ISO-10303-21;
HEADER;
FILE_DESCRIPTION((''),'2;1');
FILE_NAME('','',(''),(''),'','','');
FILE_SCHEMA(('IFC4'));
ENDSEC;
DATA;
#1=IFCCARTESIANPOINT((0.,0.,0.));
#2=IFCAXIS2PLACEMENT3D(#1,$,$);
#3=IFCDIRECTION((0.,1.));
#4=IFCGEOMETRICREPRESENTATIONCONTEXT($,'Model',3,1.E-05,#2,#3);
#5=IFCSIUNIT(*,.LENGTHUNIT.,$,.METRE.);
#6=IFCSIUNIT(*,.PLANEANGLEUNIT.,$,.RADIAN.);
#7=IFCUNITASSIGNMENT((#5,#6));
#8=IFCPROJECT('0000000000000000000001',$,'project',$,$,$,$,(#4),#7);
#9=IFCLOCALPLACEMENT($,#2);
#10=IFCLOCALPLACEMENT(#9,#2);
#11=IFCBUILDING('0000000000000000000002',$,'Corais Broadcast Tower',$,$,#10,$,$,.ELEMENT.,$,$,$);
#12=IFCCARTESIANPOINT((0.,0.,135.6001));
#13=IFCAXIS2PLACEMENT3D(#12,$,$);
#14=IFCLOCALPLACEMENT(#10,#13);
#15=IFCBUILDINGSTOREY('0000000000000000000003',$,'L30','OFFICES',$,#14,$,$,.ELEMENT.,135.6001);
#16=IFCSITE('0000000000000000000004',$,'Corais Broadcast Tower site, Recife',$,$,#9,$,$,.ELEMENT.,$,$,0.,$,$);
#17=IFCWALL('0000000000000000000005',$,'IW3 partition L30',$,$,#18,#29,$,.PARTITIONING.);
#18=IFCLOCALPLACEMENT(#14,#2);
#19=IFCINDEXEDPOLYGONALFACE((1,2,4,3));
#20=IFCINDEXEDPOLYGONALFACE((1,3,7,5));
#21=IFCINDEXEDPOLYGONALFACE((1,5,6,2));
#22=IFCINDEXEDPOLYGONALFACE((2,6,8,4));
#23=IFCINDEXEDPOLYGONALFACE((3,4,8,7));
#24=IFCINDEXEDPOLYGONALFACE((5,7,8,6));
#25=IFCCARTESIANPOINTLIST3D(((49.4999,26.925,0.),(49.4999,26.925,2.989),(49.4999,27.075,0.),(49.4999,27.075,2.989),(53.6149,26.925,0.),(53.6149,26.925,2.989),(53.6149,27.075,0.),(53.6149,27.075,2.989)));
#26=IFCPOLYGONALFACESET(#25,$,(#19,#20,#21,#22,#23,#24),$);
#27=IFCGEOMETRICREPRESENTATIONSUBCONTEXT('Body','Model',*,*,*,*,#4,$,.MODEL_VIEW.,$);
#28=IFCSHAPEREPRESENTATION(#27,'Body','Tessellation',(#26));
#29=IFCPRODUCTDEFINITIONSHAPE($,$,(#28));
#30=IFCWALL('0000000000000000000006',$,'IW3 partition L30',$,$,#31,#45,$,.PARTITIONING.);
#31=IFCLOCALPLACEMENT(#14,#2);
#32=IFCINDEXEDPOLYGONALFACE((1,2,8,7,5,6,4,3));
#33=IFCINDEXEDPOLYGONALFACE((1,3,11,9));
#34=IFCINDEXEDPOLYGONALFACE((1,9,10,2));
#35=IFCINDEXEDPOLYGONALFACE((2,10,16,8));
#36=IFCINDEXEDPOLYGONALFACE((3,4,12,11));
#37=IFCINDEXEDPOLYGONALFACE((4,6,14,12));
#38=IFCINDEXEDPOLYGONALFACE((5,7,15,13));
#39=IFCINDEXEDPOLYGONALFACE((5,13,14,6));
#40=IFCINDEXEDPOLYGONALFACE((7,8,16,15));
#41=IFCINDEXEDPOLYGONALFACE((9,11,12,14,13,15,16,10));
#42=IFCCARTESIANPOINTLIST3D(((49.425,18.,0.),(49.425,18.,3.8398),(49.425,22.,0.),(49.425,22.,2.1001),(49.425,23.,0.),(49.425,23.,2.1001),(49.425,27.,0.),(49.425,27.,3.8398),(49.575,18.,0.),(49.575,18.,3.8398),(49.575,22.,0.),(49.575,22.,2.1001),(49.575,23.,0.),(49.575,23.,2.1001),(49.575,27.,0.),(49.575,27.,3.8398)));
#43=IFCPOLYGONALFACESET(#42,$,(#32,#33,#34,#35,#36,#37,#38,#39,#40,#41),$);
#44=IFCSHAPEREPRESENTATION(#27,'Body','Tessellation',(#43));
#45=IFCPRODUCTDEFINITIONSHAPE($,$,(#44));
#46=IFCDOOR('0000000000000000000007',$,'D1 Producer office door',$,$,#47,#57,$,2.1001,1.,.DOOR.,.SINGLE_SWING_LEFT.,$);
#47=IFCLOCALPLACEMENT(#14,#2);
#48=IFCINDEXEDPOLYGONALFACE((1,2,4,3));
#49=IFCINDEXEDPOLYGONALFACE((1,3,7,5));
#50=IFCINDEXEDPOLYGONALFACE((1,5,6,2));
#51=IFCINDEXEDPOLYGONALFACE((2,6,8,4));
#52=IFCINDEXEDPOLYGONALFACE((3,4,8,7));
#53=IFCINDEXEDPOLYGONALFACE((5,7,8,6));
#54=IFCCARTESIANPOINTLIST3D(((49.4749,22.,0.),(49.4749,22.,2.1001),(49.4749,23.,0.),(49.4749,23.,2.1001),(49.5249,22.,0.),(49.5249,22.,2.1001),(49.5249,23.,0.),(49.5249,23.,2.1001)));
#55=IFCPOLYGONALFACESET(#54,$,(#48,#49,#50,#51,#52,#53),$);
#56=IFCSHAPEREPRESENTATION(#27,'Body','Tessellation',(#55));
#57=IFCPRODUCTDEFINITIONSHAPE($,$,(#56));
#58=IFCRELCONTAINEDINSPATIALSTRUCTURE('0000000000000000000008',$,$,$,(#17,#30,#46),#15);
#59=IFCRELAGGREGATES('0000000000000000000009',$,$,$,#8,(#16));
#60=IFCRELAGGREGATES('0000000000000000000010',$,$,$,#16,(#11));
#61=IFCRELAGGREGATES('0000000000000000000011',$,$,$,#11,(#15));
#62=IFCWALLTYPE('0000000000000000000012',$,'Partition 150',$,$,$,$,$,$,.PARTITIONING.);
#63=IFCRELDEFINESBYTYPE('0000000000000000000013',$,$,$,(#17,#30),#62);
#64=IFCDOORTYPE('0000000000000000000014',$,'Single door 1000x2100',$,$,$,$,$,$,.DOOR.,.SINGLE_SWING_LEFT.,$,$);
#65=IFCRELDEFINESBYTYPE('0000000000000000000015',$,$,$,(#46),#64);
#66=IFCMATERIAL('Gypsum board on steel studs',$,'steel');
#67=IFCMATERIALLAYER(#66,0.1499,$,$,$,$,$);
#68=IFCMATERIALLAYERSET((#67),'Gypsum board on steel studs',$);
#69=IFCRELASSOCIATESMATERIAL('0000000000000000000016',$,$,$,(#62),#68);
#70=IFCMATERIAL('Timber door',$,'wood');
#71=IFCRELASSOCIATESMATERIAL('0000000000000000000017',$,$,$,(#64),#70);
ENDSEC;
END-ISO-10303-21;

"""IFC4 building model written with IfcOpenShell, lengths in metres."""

from ifc_helpers import new_model, si_unit, direction, frame, frame_2d, origin, place, context, subcontext, project, spatial, rectangle, extrude, material, layer, layer_set, type_object, element, fill, save


model = new_model("IFC4")

# Units and contexts
model_context = context("Model", 3, precision=1e-05, world=origin(), true_north=direction((0.0, 1.0)))
body_context = subcontext(model_context, "Body", "Model", "MODEL_VIEW")
ifc_project = project(units=[si_unit("LENGTHUNIT", "METRE"), si_unit("PLANEANGLEUNIT", "RADIAN")], contexts=[model_context])

# Site, building, storey
site_placement = place(None, origin())
site = spatial("IfcSite", under=ifc_project, at=site_placement, Name="Corais Broadcast Tower site, Recife", CompositionType="ELEMENT", RefElevation=0.0)
building_placement = place(site_placement, origin())
building = spatial("IfcBuilding", under=site, at=building_placement, Name="Corais Broadcast Tower", CompositionType="ELEMENT")
storey_placement = place(building_placement, frame((0.0, 0.0, 135.6001)))
storey = spatial("IfcBuildingStorey", under=building, at=storey_placement, Name="L30", Description="OFFICES", CompositionType="ELEMENT", Elevation=135.6001)

# Wall
ifc_material_1 = material(Name="Gypsum board on steel studs", Category="steel")
ifc_layer_1 = layer(ifc_material_1, 0.1499)
ifc_layer_set_1 = layer_set([ifc_layer_1], Name="Gypsum board on steel studs")
wall_type = type_object("IfcWallType", Name="Partition 150", PredefinedType="PARTITIONING", material=ifc_layer_set_1)
wall_1_placement = place(storey_placement, frame((53.615, 27.0, 0.0), z_axis=(0.0, 0.0, 1.0), x_axis=(-1.0, 0.0, 0.0)))
element("IfcWall", 1, at=wall_1_placement, inside=storey, type_object=wall_type, Name="IW3 partition L30", PredefinedType="PARTITIONING", context=body_context, shape_type="SweptSolid", body=[
    extrude(rectangle(XDim=4.115, YDim=0.1499, at=frame_2d((2.0576, 0.0))), origin(), (0.0, 0.0, 1.0), 2.989),
])

# Wall, opening, door
wall_2_placement = place(storey_placement, frame((49.5, 27.0, 0.0), z_axis=(0.0, 0.0, 1.0), x_axis=(0.0, -1.0, 0.0)))
wall_2 = element("IfcWall", 2, at=wall_2_placement, inside=storey, type_object=wall_type, Name="IW3 partition L30", PredefinedType="PARTITIONING", context=body_context, shape_type="SweptSolid", body=[
    extrude(rectangle(XDim=9.0, YDim=0.1499, at=frame_2d((4.5, 0.0))), origin(), (0.0, 0.0, 1.0), 3.8398),
])
opening_placement = place(wall_2_placement, frame((4.0, 0.0, 0.0)))
opening = element("IfcOpeningElement", 3, at=opening_placement, cuts=wall_2, PredefinedType="OPENING", context=body_context, shape_type="SweptSolid", body=[
    extrude(rectangle(XDim=1.0, YDim=2.1001, at=frame_2d((0.5, 1.05))), frame((0.0, 0.085, 0.0), z_axis=(0.0, -1.0, 0.0), x_axis=(1.0, 0.0, 0.0)), (0.0, 0.0, 1.0), 0.1699),
])
ifc_material_2 = material(Name="Timber door", Category="wood")
door_type = type_object("IfcDoorType", Name="Single door 1000x2100", OperationType="SINGLE_SWING_LEFT", PredefinedType="DOOR", material=ifc_material_2)
door_placement = place(opening_placement, origin())
door = element("IfcDoor", 4, at=door_placement, inside=storey, type_object=door_type, Name="D1 Producer office door", OperationType="SINGLE_SWING_LEFT", OverallHeight=2.1001, OverallWidth=1.0, PredefinedType="DOOR", context=body_context, shape_type="SweptSolid", body=[
    extrude(rectangle(XDim=1.0, YDim=2.1001, at=frame_2d((0.5, 1.05))), frame((0.0, 0.0249, 0.0), z_axis=(0.0, -1.0, 0.0), x_axis=(1.0, 0.0, 0.0)), (0.0, 0.0, 1.0), 0.05),
])
fill(opening, door)

save(model, "model.ifc")
